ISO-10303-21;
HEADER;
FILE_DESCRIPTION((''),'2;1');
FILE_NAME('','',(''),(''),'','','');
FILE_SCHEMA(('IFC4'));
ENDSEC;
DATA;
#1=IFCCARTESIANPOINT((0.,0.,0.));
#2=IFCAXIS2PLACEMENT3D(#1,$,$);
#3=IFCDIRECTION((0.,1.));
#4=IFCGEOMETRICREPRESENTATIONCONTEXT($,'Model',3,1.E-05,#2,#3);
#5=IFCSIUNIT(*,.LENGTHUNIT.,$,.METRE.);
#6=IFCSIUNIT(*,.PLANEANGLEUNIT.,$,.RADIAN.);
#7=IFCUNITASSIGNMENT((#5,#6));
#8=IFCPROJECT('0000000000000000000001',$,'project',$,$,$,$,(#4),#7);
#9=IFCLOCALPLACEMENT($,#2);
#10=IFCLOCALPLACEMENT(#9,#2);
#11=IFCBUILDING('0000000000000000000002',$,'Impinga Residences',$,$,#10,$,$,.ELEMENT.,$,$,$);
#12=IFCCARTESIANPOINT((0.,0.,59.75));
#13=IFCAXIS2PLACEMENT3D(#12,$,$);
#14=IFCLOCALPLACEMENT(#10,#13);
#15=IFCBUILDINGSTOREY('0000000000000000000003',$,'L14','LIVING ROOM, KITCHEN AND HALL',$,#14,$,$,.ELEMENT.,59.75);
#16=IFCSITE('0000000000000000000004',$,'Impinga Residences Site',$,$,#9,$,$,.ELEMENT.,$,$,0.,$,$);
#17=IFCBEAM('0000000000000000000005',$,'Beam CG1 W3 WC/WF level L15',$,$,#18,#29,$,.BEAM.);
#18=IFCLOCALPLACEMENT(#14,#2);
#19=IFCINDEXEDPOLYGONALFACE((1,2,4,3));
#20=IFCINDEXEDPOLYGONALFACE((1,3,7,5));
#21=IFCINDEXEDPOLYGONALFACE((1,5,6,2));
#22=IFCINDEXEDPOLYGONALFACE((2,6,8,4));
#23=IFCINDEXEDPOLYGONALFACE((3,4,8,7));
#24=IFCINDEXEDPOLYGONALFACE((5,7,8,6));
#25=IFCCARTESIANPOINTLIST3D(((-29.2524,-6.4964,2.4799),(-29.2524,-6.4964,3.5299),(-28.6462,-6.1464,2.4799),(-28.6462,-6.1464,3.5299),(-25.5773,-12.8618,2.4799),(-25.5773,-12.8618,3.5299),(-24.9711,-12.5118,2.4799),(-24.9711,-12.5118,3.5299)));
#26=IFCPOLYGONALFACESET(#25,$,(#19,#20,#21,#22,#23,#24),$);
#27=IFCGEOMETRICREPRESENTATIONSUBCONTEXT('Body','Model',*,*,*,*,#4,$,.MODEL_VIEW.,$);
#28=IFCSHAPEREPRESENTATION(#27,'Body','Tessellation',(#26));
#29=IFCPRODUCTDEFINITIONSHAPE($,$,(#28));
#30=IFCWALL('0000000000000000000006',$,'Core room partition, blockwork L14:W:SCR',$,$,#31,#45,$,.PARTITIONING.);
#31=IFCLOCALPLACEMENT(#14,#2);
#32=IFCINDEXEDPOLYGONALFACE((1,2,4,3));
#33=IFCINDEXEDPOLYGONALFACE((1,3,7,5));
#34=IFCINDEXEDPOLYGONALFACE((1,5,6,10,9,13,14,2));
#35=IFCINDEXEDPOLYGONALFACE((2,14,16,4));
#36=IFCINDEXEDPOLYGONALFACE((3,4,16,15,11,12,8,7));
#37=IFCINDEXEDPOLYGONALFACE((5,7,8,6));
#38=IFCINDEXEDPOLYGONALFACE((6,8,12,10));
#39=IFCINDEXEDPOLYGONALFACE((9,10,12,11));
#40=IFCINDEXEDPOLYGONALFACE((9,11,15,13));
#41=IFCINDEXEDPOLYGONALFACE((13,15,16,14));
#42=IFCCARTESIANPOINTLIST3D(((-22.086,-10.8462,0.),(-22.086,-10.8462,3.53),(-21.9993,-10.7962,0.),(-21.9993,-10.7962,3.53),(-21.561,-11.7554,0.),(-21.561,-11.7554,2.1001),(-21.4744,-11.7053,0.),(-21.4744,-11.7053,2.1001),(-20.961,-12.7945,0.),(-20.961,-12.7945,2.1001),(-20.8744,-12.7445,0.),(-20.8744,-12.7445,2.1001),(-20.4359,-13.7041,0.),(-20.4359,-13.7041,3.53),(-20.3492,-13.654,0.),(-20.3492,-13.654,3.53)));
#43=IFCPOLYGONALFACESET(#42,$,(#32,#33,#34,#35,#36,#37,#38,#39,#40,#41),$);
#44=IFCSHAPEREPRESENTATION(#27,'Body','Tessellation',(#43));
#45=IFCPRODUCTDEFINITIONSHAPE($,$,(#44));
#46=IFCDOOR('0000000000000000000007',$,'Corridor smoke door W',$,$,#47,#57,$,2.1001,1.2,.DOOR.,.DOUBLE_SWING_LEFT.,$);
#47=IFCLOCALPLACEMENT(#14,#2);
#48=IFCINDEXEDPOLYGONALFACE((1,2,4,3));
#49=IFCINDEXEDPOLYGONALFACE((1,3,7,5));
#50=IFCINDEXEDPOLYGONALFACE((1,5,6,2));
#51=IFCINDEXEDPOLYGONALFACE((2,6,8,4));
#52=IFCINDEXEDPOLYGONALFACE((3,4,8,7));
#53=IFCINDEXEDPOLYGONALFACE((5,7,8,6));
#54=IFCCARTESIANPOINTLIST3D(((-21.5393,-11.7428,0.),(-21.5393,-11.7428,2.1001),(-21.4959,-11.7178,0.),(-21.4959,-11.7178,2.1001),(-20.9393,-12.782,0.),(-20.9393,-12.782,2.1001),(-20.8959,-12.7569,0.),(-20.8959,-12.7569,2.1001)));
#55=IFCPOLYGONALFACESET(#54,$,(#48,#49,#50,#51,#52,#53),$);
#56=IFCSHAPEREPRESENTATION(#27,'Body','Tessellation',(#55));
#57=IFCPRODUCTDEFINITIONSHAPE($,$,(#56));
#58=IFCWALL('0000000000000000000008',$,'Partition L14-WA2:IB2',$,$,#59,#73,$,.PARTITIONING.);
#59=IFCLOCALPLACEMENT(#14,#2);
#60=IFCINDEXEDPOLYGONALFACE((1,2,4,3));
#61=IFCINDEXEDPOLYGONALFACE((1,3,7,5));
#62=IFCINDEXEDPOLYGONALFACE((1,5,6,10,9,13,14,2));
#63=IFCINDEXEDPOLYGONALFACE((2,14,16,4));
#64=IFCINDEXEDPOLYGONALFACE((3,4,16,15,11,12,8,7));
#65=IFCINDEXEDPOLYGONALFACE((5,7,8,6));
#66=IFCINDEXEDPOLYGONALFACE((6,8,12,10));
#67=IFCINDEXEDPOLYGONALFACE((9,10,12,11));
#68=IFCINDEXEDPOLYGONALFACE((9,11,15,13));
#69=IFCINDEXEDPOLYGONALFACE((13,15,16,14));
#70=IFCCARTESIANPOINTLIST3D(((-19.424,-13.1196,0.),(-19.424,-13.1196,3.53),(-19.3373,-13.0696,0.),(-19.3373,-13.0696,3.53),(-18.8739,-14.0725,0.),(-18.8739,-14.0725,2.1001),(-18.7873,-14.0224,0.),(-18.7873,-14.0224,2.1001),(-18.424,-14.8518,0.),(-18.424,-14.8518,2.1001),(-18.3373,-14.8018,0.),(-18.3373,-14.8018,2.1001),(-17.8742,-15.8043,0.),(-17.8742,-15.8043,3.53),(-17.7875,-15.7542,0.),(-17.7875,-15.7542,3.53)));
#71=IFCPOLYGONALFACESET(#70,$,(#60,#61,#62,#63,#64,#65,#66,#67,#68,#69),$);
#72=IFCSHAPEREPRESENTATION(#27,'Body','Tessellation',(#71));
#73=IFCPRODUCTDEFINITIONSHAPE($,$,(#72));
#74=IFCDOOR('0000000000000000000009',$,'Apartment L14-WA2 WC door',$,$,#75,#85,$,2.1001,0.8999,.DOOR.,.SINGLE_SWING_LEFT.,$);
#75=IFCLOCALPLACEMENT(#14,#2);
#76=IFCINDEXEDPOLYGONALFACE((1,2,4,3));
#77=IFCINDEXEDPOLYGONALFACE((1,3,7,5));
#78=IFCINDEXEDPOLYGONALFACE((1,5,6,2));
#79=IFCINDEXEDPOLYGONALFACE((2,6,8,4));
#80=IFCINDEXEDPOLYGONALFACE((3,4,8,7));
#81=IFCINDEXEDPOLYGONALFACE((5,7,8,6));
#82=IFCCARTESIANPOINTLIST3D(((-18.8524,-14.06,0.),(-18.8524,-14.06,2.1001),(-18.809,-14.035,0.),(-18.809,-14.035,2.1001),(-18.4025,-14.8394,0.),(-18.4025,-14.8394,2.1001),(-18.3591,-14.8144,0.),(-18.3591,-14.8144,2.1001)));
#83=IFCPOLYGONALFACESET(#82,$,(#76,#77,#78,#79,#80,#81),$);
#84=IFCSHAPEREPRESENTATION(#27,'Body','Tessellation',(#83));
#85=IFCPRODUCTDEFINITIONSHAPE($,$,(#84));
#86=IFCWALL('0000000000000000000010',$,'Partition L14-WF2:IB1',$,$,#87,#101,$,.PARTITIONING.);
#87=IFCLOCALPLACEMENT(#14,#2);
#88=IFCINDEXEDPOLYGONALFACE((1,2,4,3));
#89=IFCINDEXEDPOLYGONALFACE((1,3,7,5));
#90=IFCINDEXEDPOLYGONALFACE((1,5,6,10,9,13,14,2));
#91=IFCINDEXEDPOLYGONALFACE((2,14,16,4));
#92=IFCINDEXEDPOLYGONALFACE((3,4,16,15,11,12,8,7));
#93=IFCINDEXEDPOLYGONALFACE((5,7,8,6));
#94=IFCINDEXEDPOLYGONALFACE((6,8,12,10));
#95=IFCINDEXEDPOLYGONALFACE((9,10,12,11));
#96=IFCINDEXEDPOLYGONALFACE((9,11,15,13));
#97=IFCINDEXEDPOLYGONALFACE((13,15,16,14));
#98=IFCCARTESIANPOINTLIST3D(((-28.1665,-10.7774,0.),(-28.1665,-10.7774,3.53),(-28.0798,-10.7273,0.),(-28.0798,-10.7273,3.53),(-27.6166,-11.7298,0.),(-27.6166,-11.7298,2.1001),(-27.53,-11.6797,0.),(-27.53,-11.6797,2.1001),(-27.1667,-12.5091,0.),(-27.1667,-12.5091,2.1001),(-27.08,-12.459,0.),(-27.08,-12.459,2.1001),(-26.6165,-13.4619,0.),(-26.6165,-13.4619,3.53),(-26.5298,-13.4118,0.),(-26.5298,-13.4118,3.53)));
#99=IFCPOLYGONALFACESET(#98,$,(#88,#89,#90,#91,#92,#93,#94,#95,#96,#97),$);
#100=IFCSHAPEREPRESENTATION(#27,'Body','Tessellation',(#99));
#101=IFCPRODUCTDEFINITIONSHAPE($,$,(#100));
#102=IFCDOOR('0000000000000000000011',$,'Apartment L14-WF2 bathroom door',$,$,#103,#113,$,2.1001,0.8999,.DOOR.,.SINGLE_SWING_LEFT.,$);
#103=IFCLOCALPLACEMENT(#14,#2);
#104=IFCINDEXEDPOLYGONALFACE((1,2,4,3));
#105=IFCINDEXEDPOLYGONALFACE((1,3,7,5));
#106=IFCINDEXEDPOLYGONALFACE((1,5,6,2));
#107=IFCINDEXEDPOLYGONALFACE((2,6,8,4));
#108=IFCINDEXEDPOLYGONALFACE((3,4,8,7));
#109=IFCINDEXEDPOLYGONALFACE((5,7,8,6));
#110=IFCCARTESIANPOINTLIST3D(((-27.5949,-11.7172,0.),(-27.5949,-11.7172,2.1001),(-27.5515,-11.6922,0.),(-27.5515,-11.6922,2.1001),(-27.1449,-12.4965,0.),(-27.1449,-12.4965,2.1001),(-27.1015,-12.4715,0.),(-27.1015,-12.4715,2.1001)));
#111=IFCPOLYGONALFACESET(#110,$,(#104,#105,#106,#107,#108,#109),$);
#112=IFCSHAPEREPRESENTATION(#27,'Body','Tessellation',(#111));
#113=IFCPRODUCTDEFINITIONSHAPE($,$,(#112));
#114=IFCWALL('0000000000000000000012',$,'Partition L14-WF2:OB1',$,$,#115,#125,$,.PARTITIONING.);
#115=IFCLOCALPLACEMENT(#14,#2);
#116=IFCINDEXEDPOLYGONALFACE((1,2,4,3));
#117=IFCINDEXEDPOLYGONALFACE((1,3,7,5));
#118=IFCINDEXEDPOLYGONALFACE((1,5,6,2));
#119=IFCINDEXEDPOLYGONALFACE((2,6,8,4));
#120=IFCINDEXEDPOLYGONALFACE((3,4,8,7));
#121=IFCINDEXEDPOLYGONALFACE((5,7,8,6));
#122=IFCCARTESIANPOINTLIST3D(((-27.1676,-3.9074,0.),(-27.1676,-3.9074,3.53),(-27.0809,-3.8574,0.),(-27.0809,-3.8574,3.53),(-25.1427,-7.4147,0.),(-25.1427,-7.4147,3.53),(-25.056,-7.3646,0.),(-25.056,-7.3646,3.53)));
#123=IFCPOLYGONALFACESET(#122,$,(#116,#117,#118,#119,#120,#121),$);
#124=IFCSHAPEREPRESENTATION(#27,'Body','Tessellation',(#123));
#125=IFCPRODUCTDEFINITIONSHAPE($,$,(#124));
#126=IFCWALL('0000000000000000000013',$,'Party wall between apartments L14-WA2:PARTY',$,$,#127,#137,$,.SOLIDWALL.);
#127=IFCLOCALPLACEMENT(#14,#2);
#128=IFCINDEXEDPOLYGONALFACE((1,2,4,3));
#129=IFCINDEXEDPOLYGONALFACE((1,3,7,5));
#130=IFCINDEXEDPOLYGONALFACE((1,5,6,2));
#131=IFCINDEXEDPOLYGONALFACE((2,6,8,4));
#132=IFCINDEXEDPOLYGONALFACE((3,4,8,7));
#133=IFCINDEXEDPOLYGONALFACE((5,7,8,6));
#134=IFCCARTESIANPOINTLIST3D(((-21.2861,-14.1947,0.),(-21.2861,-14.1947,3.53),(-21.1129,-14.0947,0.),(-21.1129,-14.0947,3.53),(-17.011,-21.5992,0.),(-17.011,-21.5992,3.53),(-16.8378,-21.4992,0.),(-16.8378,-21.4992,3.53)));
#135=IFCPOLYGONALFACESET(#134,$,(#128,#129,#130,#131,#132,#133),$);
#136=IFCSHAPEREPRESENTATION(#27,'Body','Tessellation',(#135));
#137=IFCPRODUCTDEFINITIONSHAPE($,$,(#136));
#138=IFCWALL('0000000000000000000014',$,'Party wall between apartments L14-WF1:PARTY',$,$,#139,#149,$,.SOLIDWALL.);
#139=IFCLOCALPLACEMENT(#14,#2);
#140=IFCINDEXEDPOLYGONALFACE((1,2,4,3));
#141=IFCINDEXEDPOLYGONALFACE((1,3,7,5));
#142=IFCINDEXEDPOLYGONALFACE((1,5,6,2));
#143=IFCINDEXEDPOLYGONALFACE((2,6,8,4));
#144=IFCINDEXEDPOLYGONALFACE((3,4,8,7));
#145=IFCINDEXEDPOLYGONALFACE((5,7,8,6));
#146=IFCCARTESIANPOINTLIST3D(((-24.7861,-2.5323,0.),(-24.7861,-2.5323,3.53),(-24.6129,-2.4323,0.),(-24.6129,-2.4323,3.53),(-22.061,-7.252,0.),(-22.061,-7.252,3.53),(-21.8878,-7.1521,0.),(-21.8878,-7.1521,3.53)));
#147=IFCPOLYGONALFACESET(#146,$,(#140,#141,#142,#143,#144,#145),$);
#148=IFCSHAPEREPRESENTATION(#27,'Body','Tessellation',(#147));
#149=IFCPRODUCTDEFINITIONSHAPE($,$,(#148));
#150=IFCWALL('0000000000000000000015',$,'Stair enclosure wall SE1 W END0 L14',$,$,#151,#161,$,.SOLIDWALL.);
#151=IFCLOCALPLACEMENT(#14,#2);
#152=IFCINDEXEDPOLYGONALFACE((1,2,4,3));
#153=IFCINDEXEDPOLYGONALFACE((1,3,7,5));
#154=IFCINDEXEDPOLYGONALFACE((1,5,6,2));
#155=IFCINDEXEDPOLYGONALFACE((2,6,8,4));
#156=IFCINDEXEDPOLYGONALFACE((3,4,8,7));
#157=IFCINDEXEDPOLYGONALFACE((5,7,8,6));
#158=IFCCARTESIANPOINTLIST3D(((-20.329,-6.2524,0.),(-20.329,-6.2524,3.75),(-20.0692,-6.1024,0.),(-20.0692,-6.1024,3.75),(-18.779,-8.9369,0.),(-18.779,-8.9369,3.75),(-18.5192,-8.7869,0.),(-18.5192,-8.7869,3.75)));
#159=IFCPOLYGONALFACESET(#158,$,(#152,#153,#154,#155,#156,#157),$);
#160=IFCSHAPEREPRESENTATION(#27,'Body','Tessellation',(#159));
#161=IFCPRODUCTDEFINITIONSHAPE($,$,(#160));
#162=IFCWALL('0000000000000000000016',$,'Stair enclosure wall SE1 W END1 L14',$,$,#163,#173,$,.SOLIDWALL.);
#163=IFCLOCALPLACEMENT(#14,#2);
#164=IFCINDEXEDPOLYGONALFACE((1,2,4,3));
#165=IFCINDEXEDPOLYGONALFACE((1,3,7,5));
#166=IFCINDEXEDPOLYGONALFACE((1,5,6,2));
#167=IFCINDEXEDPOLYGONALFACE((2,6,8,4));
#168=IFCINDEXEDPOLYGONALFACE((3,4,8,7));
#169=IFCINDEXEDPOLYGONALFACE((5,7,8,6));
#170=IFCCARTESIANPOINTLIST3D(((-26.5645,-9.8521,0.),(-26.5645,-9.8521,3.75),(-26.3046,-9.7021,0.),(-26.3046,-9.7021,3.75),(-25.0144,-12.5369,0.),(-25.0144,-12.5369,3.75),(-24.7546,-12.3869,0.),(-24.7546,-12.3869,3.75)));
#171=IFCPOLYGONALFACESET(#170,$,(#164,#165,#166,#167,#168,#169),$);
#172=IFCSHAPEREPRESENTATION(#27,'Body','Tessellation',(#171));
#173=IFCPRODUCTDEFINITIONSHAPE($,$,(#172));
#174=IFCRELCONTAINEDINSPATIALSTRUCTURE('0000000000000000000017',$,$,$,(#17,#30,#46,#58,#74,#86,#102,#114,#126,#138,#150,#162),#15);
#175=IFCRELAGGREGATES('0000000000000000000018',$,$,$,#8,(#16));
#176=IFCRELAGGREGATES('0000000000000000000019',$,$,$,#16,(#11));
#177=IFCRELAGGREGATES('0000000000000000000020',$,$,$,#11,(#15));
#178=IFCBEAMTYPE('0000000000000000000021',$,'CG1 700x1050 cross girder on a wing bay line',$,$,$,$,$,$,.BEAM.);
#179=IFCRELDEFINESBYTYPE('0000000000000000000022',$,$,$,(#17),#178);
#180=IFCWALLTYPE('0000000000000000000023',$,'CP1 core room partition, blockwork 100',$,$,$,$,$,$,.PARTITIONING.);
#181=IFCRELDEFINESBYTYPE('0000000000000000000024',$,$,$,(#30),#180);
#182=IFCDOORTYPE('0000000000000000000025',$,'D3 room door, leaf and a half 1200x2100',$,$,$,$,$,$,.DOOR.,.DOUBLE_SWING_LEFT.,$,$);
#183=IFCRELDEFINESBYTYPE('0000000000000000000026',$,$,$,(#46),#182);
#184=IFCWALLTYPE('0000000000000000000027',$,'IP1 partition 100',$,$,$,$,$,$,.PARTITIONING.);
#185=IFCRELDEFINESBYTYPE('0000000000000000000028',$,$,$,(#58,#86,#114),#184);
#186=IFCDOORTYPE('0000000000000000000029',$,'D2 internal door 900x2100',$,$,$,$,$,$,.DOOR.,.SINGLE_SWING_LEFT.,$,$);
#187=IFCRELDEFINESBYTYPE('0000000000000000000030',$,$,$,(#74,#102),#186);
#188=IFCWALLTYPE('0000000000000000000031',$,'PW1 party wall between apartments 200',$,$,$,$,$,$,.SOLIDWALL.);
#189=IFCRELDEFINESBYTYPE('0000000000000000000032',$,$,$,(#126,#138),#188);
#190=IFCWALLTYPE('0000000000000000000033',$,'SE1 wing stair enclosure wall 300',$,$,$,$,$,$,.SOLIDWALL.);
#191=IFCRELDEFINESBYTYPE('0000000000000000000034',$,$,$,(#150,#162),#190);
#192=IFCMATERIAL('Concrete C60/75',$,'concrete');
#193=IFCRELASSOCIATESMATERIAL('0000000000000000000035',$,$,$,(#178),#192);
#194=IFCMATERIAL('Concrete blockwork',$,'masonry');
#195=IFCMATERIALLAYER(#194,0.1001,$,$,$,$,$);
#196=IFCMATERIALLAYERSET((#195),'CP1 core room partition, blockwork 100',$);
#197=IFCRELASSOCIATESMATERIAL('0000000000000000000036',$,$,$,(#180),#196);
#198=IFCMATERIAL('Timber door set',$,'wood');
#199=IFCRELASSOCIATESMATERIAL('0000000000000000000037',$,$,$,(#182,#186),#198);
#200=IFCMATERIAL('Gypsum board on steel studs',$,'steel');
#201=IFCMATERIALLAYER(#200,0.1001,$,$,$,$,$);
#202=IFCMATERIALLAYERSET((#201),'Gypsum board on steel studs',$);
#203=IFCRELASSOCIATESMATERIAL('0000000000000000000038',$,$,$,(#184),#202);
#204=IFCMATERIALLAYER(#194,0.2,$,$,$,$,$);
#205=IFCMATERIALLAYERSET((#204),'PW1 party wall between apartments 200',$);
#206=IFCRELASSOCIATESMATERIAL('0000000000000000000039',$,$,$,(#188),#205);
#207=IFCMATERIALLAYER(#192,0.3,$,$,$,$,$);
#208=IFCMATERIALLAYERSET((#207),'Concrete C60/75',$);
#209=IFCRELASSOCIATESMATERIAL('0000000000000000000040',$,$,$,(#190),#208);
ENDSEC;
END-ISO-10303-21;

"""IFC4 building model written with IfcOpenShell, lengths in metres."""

from ifc_helpers import new_model, si_unit, direction, frame, frame_2d, origin, origin_2d, place, context, subcontext, project, spatial, rectangle, extrude, material, layer, layer_set, material_profile, profile_set, type_object, element, fill, save


model = new_model("IFC4")

# Units and contexts
model_context = context("Model", 3, precision=1e-05, world=origin(), true_north=direction((0.0, 1.0)))
body_context = subcontext(model_context, "Body", "Model", "MODEL_VIEW")
ifc_project = project(units=[si_unit("LENGTHUNIT", "METRE"), si_unit("PLANEANGLEUNIT", "RADIAN")], contexts=[model_context])

# Site, building, storey
site_placement = place(None, origin())
site = spatial("IfcSite", under=ifc_project, at=site_placement, Name="Impinga Residences Site", CompositionType="ELEMENT", RefElevation=0.0)
building_placement = place(site_placement, origin())
building = spatial("IfcBuilding", under=site, at=building_placement, Name="Impinga Residences", CompositionType="ELEMENT")
storey_placement = place(building_placement, frame((0.0, 0.0, 59.75)))
storey = spatial("IfcBuildingStorey", under=building, at=storey_placement, Name="L14", Description="LIVING ROOM, KITCHEN AND HALL", CompositionType="ELEMENT", Elevation=59.75)

# Beam
ifc_material_1 = material(Name="Concrete C60/75", Category="concrete")
ifc_material_profile = material_profile(ifc_material_1, rectangle(XDim=0.7, YDim=1.05, at=origin_2d()), Name="RC 700x1050")
ifc_profile_set = profile_set([ifc_material_profile], Name="Concrete C60/75")
beam_type = type_object("IfcBeamType", Name="CG1 700x1050 cross girder on a wing bay line", PredefinedType="BEAM", material=ifc_profile_set)
beam_placement = place(storey_placement, frame((-25.2742, -12.6868, 3.0049), z_axis=(-0.500008, 0.866021, 0.0), x_axis=(-0.866021, -0.500008, 0.0)))
element("IfcBeam", 1, at=beam_placement, inside=storey, type_object=beam_type, Name="Beam CG1 W3 WC/WF level L15", PredefinedType="BEAM", context=body_context, shape_type="SweptSolid", body=[
    extrude(rectangle(XDim=0.7, YDim=1.05, at=origin_2d()), origin(), (0.0, 0.0, 1.0), 7.3501),
])

# Walls, openings, doors
ifc_material_2 = material(Name="Concrete blockwork", Category="masonry")
ifc_layer_1 = layer(ifc_material_2, 0.1001)
ifc_layer_set_1 = layer_set([ifc_layer_1], Name="CP1 core room partition, blockwork 100")
wall_type_1 = type_object("IfcWallType", Name="CP1 core room partition, blockwork 100", PredefinedType="PARTITIONING", material=ifc_layer_set_1)
wall_1_placement = place(storey_placement, frame((-20.3926, -13.679, 0.0), z_axis=(0.0, 0.0, 1.0), x_axis=(-0.50003, 0.866008, 0.0)))
wall_1 = element("IfcWall", 2, at=wall_1_placement, inside=storey, type_object=wall_type_1, Name="Core room partition, blockwork L14:W:SCR", PredefinedType="PARTITIONING", context=body_context, shape_type="SweptSolid", body=[
    extrude(rectangle(XDim=3.3, YDim=0.1001, at=frame_2d((1.6499, 0.0))), origin(), (0.0, 0.0, 1.0), 3.53),
])
opening_1_placement = place(wall_1_placement, frame((1.05, 0.0, 0.0)))
opening_1 = element("IfcOpeningElement", 3, at=opening_1_placement, cuts=wall_1, PredefinedType="OPENING", context=body_context, shape_type="SweptSolid", body=[
    extrude(rectangle(XDim=1.2, YDim=2.1001, at=frame_2d((0.6001, 1.05))), frame((0.0, 0.0601, 0.0), z_axis=(0.0, -1.0, 0.0), x_axis=(1.0, 0.0, 0.0)), (0.0, 0.0, 1.0), 0.1201),
])
ifc_material_3 = material(Name="Timber door set", Category="wood")
door_type_1 = type_object("IfcDoorType", Name="D3 room door, leaf and a half 1200x2100", OperationType="DOUBLE_SWING_LEFT", PredefinedType="DOOR", material=ifc_material_3)
door_1_placement = place(opening_1_placement, origin())
door_1 = element("IfcDoor", 4, at=door_1_placement, inside=storey, type_object=door_type_1, Name="Corridor smoke door W", OperationType="DOUBLE_SWING_LEFT", OverallHeight=2.1001, OverallWidth=1.2, PredefinedType="DOOR", context=body_context, shape_type="SweptSolid", body=[
    extrude(rectangle(XDim=1.2, YDim=2.1001, at=frame_2d((0.6001, 1.05))), frame((0.0, 0.0249, 0.0), z_axis=(0.0, -1.0, 0.0), x_axis=(1.0, 0.0, 0.0)), (0.0, 0.0, 1.0), 0.05),
])
fill(opening_1, door_1)
ifc_material_4 = material(Name="Gypsum board on steel studs", Category="steel")
ifc_layer_2 = layer(ifc_material_4, 0.1001)
ifc_layer_set_2 = layer_set([ifc_layer_2], Name="Gypsum board on steel studs")
wall_type_2 = type_object("IfcWallType", Name="IP1 partition 100", PredefinedType="PARTITIONING", material=ifc_layer_set_2)
wall_2_placement = place(storey_placement, frame((-19.3806, -13.0947, 0.0), z_axis=(0.0, 0.0, 1.0), x_axis=(0.499968, -0.866044, 0.0)))
wall_2 = element("IfcWall", 5, at=wall_2_placement, inside=storey, type_object=wall_type_2, Name="Partition L14-WA2:IB2", PredefinedType="PARTITIONING", context=body_context, shape_type="SweptSolid", body=[
    extrude(rectangle(XDim=3.0999, YDim=0.1001, at=frame_2d((1.5498, 0.0))), origin(), (0.0, 0.0, 1.0), 3.53),
])
opening_2_placement = place(wall_2_placement, frame((1.1001, 0.0, 0.0)))
opening_2 = element("IfcOpeningElement", 6, at=opening_2_placement, cuts=wall_2, PredefinedType="OPENING", context=body_context, shape_type="SweptSolid", body=[
    extrude(rectangle(XDim=0.8999, YDim=2.1001, at=frame_2d((0.45, 1.05))), frame((0.0, 0.0601, 0.0), z_axis=(0.0, -1.0, 0.0), x_axis=(1.0, 0.0, 0.0)), (0.0, 0.0, 1.0), 0.1201),
])
door_type_2 = type_object("IfcDoorType", Name="D2 internal door 900x2100", OperationType="SINGLE_SWING_LEFT", PredefinedType="DOOR", material=ifc_material_3)
door_2_placement = place(opening_2_placement, origin())
door_2 = element("IfcDoor", 7, at=door_2_placement, inside=storey, type_object=door_type_2, Name="Apartment L14-WA2 WC door", OperationType="SINGLE_SWING_LEFT", OverallHeight=2.1001, OverallWidth=0.8999, PredefinedType="DOOR", context=body_context, shape_type="SweptSolid", body=[
    extrude(rectangle(XDim=0.8999, YDim=2.1001, at=frame_2d((0.45, 1.05))), frame((0.0, 0.0249, 0.0), z_axis=(0.0, -1.0, 0.0), x_axis=(1.0, 0.0, 0.0)), (0.0, 0.0, 1.0), 0.05),
])
fill(opening_2, door_2)
wall_3_placement = place(storey_placement, frame((-26.5732, -13.4368, 0.0), z_axis=(0.0, 0.0, 1.0), x_axis=(-0.500027, 0.86601, 0.0)))
wall_3 = element("IfcWall", 8, at=wall_3_placement, inside=storey, type_object=wall_type_2, Name="Partition L14-WF2:IB1", PredefinedType="PARTITIONING", context=body_context, shape_type="SweptSolid", body=[
    extrude(rectangle(XDim=3.0999, YDim=0.1001, at=frame_2d((1.5498, 0.0))), origin(), (0.0, 0.0, 1.0), 3.53),
])
opening_3_placement = place(wall_3_placement, frame((1.1001, 0.0, 0.0)))
opening_3 = element("IfcOpeningElement", 9, at=opening_3_placement, cuts=wall_3, PredefinedType="OPENING", context=body_context, shape_type="SweptSolid", body=[
    extrude(rectangle(XDim=0.8999, YDim=2.1001, at=frame_2d((0.45, 1.05))), frame((0.0, 0.0601, 0.0), z_axis=(0.0, -1.0, 0.0), x_axis=(1.0, 0.0, 0.0)), (0.0, 0.0, 1.0), 0.1201),
])
door_3_placement = place(opening_3_placement, origin())
door_3 = element("IfcDoor", 10, at=door_3_placement, inside=storey, type_object=door_type_2, Name="Apartment L14-WF2 bathroom door", OperationType="SINGLE_SWING_LEFT", OverallHeight=2.1001, OverallWidth=0.8999, PredefinedType="DOOR", context=body_context, shape_type="SweptSolid", body=[
    extrude(rectangle(XDim=0.8999, YDim=2.1001, at=frame_2d((0.45, 1.05))), frame((0.0, 0.0249, 0.0), z_axis=(0.0, -1.0, 0.0), x_axis=(1.0, 0.0, 0.0)), (0.0, 0.0, 1.0), 0.05),
])
fill(opening_3, door_3)

# Walls
wall_4_placement = place(storey_placement, frame((-25.0994, -7.3896, 0.0), z_axis=(0.0, 0.0, 1.0), x_axis=(-0.49999, 0.866031, 0.0)))
element("IfcWall", 11, at=wall_4_placement, inside=storey, type_object=wall_type_2, Name="Partition L14-WF2:OB1", PredefinedType="PARTITIONING", context=body_context, shape_type="SweptSolid", body=[
    extrude(rectangle(XDim=4.0498, YDim=0.1001, at=frame_2d((2.0249, 0.0))), origin(), (0.0, 0.0, 1.0), 3.53),
])
ifc_layer_3 = layer(ifc_material_2, 0.2)
ifc_layer_set_3 = layer_set([ifc_layer_3], Name="PW1 party wall between apartments 200")
wall_type_3 = type_object("IfcWallType", Name="PW1 party wall between apartments 200", PredefinedType="SOLIDWALL", material=ifc_layer_set_3)
wall_5_placement = place(storey_placement, frame((-21.1995, -14.1448, 0.0), z_axis=(0.0, 0.0, 1.0), x_axis=(0.500012, -0.866019, 0.0)))
element("IfcWall", 12, at=wall_5_placement, inside=storey, type_object=wall_type_3, Name="Party wall between apartments L14-WA2:PARTY", PredefinedType="SOLIDWALL", context=body_context, shape_type="SweptSolid", body=[
    extrude(rectangle(XDim=8.55, YDim=0.2, at=frame_2d((4.2749, 0.0))), origin(), (0.0, 0.0, 1.0), 3.53),
])
wall_6_placement = place(storey_placement, frame((-21.9744, -7.2021, 0.0), z_axis=(0.0, 0.0, 1.0), x_axis=(-0.500022, 0.866013, 0.0)))
element("IfcWall", 13, at=wall_6_placement, inside=storey, type_object=wall_type_3, Name="Party wall between apartments L14-WF1:PARTY", PredefinedType="SOLIDWALL", context=body_context, shape_type="SweptSolid", body=[
    extrude(rectangle(XDim=5.45, YDim=0.2, at=frame_2d((2.7251, 0.0))), origin(), (0.0, 0.0, 1.0), 3.53),
])
ifc_layer_4 = layer(ifc_material_1, 0.3)
ifc_layer_set_4 = layer_set([ifc_layer_4], Name="Concrete C60/75")
wall_type_4 = type_object("IfcWallType", Name="SE1 wing stair enclosure wall 300", PredefinedType="SOLIDWALL", material=ifc_layer_set_4)
wall_7_placement = place(storey_placement, frame((-18.6492, -8.8618, 0.0), z_axis=(0.0, 0.0, 1.0), x_axis=(-0.500027, 0.86601, 0.0)))
element("IfcWall", 14, at=wall_7_placement, inside=storey, type_object=wall_type_4, Name="Stair enclosure wall SE1 W END0 L14", PredefinedType="SOLIDWALL", context=body_context, shape_type="SweptSolid", body=[
    extrude(rectangle(XDim=3.0999, YDim=0.3, at=frame_2d((1.5498, 0.0))), origin(), (0.0, 0.0, 1.0), 3.75),
])
wall_8_placement = place(storey_placement, frame((-24.8845, -12.4619, 0.0), z_axis=(0.0, 0.0, 1.0), x_axis=(-0.499993, 0.86603, 0.0)))
element("IfcWall", 15, at=wall_8_placement, inside=storey, type_object=wall_type_4, Name="Stair enclosure wall SE1 W END1 L14", PredefinedType="SOLIDWALL", context=body_context, shape_type="SweptSolid", body=[
    extrude(rectangle(XDim=3.1001, YDim=0.3, at=frame_2d((1.55, 0.0))), origin(), (0.0, 0.0, 1.0), 3.75),
])

save(model, "model.ifc")
